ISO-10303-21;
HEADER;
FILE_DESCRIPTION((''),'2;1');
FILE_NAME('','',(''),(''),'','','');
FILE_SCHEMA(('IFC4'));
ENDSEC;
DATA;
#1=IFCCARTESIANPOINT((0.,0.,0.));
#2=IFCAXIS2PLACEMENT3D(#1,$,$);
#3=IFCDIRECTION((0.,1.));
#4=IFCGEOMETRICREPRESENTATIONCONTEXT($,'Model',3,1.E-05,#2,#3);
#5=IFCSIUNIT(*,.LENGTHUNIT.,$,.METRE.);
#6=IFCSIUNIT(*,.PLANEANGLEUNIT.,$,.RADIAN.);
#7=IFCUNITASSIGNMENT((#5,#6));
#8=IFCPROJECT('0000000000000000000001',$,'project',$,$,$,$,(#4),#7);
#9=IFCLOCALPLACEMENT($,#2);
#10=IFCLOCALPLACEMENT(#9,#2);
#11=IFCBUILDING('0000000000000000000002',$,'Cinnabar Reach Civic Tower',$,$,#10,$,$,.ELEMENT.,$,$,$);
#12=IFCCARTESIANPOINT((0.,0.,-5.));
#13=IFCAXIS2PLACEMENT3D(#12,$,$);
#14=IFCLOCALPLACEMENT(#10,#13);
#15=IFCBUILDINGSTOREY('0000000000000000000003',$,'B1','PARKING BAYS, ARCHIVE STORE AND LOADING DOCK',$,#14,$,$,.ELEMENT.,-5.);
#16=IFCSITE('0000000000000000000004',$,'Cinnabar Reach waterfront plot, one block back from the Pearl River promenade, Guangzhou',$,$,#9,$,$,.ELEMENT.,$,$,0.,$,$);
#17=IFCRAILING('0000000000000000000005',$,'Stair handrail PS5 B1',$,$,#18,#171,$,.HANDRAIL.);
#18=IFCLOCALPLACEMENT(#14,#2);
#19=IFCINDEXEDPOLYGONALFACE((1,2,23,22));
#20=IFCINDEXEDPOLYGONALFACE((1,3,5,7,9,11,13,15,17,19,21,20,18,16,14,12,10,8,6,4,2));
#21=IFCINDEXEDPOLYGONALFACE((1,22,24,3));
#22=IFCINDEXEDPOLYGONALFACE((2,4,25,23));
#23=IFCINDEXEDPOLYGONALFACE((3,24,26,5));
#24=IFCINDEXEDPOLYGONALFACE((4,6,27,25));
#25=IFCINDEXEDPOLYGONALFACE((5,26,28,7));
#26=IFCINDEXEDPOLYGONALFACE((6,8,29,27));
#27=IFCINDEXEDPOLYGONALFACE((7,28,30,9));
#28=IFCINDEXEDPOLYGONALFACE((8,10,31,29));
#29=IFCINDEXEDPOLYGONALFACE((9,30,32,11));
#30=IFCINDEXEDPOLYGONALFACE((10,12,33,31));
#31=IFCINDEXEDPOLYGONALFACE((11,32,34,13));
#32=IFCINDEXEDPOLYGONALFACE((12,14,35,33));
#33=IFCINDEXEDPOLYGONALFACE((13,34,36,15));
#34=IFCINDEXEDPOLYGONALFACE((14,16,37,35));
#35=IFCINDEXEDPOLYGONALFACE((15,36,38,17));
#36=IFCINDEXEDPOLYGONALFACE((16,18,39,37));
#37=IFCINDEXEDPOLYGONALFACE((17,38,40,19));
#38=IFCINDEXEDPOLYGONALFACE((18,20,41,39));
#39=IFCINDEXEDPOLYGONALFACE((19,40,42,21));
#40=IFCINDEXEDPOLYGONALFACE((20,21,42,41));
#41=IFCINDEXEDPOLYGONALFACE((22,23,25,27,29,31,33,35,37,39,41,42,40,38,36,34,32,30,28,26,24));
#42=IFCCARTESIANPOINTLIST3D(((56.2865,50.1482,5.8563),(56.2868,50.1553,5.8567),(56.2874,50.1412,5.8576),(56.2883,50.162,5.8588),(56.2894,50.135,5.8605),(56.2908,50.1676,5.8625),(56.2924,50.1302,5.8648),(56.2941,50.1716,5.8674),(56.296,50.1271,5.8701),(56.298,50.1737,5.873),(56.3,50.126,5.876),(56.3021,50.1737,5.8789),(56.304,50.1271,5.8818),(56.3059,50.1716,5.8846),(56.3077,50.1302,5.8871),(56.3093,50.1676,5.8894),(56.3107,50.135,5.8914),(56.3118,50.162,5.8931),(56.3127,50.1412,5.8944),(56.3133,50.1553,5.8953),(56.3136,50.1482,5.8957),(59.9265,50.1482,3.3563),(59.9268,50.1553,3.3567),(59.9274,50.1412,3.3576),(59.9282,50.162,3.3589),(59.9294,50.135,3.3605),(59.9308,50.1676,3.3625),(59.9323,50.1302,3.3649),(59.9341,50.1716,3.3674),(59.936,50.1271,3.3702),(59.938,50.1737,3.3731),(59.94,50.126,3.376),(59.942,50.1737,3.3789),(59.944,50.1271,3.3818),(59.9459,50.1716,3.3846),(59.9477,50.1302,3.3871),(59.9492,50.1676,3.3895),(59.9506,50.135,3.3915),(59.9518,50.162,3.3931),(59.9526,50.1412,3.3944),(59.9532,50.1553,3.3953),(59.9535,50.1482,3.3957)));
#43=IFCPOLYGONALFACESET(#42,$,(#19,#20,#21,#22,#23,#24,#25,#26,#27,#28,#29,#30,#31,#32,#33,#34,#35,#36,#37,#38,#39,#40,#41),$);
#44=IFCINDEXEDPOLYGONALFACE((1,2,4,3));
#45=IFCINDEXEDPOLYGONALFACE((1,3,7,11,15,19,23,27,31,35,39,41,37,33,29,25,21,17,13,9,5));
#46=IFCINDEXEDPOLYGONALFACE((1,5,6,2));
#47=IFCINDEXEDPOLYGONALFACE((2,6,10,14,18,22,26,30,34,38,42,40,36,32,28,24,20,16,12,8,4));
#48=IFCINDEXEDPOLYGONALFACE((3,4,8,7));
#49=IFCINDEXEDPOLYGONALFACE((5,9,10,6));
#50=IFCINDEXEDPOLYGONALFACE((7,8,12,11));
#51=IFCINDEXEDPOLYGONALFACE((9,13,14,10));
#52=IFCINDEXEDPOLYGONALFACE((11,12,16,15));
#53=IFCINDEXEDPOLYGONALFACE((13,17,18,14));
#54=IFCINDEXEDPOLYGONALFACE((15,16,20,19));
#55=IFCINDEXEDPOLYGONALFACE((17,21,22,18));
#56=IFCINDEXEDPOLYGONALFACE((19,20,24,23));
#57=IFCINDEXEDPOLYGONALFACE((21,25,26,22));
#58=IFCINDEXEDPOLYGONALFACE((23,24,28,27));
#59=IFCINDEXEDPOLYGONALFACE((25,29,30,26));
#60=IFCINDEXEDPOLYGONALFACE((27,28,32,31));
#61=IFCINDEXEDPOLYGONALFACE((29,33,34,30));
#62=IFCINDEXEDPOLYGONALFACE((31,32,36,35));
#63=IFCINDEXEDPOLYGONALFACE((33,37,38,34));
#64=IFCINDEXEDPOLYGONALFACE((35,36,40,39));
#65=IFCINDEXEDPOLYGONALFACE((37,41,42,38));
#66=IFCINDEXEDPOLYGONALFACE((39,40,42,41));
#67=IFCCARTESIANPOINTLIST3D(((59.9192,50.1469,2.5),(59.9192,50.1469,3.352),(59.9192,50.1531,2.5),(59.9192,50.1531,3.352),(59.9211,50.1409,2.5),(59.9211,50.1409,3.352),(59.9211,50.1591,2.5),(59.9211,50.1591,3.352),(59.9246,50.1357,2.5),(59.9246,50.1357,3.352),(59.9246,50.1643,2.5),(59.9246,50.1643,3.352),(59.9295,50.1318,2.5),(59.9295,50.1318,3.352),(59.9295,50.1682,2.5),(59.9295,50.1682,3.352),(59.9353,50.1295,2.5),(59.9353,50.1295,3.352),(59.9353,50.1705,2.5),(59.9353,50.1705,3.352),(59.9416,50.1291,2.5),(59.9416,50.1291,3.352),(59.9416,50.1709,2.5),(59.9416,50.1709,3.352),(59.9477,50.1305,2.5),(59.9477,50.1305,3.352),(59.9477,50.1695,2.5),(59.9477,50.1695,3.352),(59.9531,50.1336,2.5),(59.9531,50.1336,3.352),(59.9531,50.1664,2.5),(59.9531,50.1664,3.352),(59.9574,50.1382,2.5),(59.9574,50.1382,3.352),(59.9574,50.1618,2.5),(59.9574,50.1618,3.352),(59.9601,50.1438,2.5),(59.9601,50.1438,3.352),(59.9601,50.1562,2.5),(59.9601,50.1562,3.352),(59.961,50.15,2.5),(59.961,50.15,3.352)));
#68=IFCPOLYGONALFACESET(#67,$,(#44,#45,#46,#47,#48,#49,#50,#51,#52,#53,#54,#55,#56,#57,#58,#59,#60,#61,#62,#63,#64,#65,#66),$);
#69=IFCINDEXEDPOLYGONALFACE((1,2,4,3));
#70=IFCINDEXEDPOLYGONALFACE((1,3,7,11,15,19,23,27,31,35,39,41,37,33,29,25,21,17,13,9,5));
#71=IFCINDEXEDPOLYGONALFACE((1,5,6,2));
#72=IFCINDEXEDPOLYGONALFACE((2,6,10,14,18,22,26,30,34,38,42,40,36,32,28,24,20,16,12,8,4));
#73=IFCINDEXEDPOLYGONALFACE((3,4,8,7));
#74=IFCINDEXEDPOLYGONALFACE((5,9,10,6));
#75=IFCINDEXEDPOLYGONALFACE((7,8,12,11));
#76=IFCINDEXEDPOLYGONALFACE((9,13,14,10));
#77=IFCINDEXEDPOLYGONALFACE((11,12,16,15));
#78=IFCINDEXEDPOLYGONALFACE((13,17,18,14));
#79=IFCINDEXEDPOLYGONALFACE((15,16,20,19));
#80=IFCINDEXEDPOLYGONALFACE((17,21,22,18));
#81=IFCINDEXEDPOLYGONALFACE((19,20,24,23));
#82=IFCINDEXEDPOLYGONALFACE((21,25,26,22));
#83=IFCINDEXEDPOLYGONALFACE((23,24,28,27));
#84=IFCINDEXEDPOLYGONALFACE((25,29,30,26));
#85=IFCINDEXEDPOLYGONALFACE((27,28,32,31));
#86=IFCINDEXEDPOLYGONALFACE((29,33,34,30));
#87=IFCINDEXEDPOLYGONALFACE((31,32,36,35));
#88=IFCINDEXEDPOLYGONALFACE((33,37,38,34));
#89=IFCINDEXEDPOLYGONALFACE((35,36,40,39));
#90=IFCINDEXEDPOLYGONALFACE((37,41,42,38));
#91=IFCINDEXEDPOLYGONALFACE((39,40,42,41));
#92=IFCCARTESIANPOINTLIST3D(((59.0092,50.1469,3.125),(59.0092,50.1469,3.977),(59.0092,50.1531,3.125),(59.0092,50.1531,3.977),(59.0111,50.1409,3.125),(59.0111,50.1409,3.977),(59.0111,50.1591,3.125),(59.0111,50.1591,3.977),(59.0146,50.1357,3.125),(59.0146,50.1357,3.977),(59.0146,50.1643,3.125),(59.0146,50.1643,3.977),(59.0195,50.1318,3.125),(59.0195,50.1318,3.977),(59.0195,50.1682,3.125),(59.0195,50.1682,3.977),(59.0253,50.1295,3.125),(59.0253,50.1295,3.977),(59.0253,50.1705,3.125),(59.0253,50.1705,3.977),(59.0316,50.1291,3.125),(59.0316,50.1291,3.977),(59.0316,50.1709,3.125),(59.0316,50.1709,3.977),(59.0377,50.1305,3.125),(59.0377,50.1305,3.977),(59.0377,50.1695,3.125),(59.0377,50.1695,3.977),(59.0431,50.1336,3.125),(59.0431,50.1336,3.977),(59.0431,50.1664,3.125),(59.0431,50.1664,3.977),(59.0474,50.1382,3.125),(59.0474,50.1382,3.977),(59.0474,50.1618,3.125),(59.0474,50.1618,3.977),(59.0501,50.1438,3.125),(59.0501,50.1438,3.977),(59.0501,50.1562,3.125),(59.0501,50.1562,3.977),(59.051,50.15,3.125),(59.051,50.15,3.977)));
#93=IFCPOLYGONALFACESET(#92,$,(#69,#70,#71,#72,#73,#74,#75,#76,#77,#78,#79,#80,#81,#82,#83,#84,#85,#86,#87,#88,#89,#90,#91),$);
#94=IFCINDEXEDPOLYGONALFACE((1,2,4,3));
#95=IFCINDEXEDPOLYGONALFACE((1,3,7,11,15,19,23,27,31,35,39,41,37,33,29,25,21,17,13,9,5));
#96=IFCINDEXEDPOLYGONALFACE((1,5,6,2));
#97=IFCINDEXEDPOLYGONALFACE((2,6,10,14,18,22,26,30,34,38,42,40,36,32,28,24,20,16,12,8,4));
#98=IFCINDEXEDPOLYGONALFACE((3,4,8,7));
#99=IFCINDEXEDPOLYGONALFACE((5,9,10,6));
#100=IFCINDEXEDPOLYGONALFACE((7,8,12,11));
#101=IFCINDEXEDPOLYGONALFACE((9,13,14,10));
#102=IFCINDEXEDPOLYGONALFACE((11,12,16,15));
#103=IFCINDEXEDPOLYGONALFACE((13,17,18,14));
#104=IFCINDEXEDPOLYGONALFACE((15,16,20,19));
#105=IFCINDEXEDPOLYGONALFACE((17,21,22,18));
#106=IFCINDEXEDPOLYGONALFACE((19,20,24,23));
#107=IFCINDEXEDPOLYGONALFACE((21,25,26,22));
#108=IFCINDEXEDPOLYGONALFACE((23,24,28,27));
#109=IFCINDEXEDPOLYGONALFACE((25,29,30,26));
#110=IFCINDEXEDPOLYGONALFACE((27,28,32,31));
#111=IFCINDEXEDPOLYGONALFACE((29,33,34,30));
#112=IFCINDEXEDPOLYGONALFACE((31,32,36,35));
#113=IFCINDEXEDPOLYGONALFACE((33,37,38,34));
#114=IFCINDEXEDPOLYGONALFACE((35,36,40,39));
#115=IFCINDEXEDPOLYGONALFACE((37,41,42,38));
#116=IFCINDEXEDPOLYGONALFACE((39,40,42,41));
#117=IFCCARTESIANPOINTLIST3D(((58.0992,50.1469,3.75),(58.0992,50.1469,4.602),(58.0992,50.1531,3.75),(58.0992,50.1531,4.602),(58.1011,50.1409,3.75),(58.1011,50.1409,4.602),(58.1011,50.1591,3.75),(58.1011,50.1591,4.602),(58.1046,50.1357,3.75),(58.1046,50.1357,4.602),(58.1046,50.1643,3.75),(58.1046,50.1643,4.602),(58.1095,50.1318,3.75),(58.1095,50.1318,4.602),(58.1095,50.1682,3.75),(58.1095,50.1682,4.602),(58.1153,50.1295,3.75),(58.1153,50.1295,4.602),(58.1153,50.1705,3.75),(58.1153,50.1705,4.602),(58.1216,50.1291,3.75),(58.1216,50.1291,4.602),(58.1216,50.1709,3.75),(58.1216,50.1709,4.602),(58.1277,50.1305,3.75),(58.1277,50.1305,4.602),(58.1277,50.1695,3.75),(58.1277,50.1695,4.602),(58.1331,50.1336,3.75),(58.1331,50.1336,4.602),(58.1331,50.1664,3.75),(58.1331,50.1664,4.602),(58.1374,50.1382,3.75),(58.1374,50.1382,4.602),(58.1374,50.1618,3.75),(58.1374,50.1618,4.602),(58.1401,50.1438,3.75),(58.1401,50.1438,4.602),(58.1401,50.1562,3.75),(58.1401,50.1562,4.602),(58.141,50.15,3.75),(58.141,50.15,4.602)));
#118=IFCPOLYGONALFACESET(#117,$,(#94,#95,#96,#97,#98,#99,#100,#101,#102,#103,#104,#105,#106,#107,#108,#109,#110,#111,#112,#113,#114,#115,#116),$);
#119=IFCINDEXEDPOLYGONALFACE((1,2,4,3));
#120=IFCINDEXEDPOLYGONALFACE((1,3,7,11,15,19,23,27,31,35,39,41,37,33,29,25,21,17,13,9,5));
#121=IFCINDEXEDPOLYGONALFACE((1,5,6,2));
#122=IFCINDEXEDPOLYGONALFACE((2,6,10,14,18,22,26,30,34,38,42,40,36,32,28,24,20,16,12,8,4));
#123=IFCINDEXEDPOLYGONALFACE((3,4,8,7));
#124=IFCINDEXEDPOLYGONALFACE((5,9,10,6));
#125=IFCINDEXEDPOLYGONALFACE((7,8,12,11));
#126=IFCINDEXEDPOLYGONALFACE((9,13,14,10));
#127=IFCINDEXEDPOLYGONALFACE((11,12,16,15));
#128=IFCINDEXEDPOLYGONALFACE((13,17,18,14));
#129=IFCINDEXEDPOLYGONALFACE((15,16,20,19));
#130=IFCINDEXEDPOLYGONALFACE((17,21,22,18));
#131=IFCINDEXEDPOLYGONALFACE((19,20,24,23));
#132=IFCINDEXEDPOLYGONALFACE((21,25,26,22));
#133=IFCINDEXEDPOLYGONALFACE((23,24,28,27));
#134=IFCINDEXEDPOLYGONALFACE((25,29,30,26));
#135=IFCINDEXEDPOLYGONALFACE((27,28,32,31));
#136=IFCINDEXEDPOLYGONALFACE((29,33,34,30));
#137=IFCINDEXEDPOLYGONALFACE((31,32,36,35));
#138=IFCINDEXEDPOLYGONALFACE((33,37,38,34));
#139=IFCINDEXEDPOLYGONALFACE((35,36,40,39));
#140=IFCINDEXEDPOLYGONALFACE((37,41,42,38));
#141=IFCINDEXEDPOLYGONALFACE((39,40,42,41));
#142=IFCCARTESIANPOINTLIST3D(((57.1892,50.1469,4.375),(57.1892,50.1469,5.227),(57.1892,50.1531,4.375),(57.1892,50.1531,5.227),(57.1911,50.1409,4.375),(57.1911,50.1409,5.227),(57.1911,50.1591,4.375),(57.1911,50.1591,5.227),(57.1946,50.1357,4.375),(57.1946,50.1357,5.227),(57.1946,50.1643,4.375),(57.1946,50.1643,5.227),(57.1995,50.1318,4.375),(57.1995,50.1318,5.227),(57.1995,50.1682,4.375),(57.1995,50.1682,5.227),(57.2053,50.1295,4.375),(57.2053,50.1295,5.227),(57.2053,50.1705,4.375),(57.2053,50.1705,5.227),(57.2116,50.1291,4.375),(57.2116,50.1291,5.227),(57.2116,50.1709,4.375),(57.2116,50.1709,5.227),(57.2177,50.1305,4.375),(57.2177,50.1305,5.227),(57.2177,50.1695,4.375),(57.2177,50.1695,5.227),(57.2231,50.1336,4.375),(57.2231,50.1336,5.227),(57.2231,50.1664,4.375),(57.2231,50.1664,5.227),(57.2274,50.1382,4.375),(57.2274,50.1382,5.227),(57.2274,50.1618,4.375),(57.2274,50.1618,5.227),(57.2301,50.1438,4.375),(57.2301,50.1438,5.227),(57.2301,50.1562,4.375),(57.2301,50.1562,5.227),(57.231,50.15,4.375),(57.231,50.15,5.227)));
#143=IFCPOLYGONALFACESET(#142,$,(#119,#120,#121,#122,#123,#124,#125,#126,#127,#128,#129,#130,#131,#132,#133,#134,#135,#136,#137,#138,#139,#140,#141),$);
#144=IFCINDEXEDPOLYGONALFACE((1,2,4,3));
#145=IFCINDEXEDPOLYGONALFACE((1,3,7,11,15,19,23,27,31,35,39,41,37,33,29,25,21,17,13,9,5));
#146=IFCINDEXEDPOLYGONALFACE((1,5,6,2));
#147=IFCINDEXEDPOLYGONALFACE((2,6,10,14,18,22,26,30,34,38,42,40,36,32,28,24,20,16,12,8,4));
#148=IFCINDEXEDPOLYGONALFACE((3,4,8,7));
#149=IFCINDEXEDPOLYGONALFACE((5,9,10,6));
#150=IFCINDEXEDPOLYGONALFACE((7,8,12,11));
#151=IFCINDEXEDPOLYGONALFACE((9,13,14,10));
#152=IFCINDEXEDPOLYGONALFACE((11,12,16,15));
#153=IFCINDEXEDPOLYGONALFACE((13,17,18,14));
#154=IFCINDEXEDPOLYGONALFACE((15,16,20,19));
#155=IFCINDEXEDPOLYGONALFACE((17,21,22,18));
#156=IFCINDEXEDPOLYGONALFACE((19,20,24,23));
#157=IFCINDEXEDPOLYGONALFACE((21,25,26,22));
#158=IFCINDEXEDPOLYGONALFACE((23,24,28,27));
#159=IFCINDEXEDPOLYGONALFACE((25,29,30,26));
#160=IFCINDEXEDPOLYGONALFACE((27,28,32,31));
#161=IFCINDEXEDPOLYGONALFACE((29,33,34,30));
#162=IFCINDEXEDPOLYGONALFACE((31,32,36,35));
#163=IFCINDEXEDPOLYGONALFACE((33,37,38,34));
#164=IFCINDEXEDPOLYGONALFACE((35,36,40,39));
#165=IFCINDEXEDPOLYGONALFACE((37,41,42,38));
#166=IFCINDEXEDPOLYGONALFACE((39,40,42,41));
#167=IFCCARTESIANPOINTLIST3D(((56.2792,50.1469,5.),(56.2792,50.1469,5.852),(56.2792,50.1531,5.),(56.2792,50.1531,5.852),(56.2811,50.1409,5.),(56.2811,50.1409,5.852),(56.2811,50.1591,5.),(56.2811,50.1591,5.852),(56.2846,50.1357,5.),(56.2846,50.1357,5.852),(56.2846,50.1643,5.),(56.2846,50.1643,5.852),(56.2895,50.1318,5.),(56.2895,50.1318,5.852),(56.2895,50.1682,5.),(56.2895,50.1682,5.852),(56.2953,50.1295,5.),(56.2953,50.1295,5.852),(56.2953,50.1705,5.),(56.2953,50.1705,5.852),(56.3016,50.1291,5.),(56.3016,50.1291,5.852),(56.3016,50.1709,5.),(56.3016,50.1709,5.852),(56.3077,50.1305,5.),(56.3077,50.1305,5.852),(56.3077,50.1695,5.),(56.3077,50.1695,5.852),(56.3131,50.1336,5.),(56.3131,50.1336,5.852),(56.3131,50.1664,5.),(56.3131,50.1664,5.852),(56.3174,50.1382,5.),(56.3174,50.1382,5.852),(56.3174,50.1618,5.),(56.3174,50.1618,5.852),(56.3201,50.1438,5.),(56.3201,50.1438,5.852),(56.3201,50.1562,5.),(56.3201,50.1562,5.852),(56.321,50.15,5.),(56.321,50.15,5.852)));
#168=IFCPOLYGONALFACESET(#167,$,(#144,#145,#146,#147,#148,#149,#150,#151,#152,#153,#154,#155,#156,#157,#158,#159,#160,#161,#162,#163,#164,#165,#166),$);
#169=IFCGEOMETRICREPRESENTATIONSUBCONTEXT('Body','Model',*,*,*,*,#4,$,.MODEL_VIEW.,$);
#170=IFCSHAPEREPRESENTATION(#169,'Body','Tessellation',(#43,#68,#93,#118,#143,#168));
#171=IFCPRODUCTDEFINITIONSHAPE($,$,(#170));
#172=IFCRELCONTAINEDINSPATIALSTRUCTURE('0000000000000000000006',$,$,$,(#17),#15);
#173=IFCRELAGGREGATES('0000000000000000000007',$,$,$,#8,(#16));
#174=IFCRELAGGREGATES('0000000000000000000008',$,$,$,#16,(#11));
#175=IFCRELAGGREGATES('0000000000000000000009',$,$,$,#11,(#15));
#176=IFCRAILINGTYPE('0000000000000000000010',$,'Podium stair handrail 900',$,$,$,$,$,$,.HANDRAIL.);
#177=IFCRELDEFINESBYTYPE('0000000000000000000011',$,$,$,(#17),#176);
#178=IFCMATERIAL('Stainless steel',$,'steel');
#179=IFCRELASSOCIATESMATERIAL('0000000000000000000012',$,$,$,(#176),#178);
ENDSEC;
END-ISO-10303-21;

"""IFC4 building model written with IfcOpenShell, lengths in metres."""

from ifc_helpers import new_model, si_unit, direction, frame, origin, origin_2d, place, context, subcontext, project, spatial, circle, extrude, material, type_object, element, save


model = new_model("IFC4")

# Units and contexts
model_context = context("Model", 3, precision=1e-05, world=origin(), true_north=direction((0.0, 1.0)))
body_context = subcontext(model_context, "Body", "Model", "MODEL_VIEW")
ifc_project = project(units=[si_unit("LENGTHUNIT", "METRE"), si_unit("PLANEANGLEUNIT", "RADIAN")], contexts=[model_context])

# Site, building, storey
site_placement = place(None, origin())
site = spatial("IfcSite", under=ifc_project, at=site_placement, Name="Cinnabar Reach waterfront plot, one block back from the Pearl River promenade, Guangzhou", CompositionType="ELEMENT", RefElevation=0.0)
building_placement = place(site_placement, origin())
building = spatial("IfcBuilding", under=site, at=building_placement, Name="Cinnabar Reach Civic Tower", CompositionType="ELEMENT")
storey_placement = place(building_placement, frame((0.0, 0.0, -5.0)))
storey = spatial("IfcBuildingStorey", under=building, at=storey_placement, Name="B1", Description="PARKING BAYS, ARCHIVE STORE AND LOADING DOCK", CompositionType="ELEMENT", Elevation=-5.0)

# Railing
ifc_material_1 = material(Name="Stainless steel", Category="steel")
railing_type_1 = type_object("IfcRailingType", Name="Podium stair handrail 900", PredefinedType="HANDRAIL", material=ifc_material_1)
for number, where, name in (
    (1, (59.94, 50.15, 2.5), "Stair handrail PS5 B1"),
):
    element("IfcRailing", number, at=place(storey_placement, frame(where)), inside=storey, type_object=railing_type_1, Name=name, PredefinedType="HANDRAIL", context=body_context, shape_type="SweptSolid", body=[
        extrude(circle(Radius=0.024, at=origin_2d()), frame((0.0, 0.0, 0.876), z_axis=(-0.824306, 0.0, 0.566144), x_axis=(0.0, -1.0, 0.0)), (0.0, 0.0, 1.0), 4.4158),
        extrude(circle(Radius=0.021, at=origin_2d()), origin(), (0.0, 0.0, 1.0), 0.852),
        extrude(circle(Radius=0.021, at=origin_2d()), frame((-0.91, 0.0, 0.625)), (0.0, 0.0, 1.0), 0.852),
        extrude(circle(Radius=0.021, at=origin_2d()), frame((-1.82, 0.0, 1.25)), (0.0, 0.0, 1.0), 0.852),
        extrude(circle(Radius=0.021, at=origin_2d()), frame((-2.73, 0.0, 1.875)), (0.0, 0.0, 1.0), 0.852),
        extrude(circle(Radius=0.021, at=origin_2d()), frame((-3.64, 0.0, 2.5)), (0.0, 0.0, 1.0), 0.852),
    ])

save(model, "model.ifc")
